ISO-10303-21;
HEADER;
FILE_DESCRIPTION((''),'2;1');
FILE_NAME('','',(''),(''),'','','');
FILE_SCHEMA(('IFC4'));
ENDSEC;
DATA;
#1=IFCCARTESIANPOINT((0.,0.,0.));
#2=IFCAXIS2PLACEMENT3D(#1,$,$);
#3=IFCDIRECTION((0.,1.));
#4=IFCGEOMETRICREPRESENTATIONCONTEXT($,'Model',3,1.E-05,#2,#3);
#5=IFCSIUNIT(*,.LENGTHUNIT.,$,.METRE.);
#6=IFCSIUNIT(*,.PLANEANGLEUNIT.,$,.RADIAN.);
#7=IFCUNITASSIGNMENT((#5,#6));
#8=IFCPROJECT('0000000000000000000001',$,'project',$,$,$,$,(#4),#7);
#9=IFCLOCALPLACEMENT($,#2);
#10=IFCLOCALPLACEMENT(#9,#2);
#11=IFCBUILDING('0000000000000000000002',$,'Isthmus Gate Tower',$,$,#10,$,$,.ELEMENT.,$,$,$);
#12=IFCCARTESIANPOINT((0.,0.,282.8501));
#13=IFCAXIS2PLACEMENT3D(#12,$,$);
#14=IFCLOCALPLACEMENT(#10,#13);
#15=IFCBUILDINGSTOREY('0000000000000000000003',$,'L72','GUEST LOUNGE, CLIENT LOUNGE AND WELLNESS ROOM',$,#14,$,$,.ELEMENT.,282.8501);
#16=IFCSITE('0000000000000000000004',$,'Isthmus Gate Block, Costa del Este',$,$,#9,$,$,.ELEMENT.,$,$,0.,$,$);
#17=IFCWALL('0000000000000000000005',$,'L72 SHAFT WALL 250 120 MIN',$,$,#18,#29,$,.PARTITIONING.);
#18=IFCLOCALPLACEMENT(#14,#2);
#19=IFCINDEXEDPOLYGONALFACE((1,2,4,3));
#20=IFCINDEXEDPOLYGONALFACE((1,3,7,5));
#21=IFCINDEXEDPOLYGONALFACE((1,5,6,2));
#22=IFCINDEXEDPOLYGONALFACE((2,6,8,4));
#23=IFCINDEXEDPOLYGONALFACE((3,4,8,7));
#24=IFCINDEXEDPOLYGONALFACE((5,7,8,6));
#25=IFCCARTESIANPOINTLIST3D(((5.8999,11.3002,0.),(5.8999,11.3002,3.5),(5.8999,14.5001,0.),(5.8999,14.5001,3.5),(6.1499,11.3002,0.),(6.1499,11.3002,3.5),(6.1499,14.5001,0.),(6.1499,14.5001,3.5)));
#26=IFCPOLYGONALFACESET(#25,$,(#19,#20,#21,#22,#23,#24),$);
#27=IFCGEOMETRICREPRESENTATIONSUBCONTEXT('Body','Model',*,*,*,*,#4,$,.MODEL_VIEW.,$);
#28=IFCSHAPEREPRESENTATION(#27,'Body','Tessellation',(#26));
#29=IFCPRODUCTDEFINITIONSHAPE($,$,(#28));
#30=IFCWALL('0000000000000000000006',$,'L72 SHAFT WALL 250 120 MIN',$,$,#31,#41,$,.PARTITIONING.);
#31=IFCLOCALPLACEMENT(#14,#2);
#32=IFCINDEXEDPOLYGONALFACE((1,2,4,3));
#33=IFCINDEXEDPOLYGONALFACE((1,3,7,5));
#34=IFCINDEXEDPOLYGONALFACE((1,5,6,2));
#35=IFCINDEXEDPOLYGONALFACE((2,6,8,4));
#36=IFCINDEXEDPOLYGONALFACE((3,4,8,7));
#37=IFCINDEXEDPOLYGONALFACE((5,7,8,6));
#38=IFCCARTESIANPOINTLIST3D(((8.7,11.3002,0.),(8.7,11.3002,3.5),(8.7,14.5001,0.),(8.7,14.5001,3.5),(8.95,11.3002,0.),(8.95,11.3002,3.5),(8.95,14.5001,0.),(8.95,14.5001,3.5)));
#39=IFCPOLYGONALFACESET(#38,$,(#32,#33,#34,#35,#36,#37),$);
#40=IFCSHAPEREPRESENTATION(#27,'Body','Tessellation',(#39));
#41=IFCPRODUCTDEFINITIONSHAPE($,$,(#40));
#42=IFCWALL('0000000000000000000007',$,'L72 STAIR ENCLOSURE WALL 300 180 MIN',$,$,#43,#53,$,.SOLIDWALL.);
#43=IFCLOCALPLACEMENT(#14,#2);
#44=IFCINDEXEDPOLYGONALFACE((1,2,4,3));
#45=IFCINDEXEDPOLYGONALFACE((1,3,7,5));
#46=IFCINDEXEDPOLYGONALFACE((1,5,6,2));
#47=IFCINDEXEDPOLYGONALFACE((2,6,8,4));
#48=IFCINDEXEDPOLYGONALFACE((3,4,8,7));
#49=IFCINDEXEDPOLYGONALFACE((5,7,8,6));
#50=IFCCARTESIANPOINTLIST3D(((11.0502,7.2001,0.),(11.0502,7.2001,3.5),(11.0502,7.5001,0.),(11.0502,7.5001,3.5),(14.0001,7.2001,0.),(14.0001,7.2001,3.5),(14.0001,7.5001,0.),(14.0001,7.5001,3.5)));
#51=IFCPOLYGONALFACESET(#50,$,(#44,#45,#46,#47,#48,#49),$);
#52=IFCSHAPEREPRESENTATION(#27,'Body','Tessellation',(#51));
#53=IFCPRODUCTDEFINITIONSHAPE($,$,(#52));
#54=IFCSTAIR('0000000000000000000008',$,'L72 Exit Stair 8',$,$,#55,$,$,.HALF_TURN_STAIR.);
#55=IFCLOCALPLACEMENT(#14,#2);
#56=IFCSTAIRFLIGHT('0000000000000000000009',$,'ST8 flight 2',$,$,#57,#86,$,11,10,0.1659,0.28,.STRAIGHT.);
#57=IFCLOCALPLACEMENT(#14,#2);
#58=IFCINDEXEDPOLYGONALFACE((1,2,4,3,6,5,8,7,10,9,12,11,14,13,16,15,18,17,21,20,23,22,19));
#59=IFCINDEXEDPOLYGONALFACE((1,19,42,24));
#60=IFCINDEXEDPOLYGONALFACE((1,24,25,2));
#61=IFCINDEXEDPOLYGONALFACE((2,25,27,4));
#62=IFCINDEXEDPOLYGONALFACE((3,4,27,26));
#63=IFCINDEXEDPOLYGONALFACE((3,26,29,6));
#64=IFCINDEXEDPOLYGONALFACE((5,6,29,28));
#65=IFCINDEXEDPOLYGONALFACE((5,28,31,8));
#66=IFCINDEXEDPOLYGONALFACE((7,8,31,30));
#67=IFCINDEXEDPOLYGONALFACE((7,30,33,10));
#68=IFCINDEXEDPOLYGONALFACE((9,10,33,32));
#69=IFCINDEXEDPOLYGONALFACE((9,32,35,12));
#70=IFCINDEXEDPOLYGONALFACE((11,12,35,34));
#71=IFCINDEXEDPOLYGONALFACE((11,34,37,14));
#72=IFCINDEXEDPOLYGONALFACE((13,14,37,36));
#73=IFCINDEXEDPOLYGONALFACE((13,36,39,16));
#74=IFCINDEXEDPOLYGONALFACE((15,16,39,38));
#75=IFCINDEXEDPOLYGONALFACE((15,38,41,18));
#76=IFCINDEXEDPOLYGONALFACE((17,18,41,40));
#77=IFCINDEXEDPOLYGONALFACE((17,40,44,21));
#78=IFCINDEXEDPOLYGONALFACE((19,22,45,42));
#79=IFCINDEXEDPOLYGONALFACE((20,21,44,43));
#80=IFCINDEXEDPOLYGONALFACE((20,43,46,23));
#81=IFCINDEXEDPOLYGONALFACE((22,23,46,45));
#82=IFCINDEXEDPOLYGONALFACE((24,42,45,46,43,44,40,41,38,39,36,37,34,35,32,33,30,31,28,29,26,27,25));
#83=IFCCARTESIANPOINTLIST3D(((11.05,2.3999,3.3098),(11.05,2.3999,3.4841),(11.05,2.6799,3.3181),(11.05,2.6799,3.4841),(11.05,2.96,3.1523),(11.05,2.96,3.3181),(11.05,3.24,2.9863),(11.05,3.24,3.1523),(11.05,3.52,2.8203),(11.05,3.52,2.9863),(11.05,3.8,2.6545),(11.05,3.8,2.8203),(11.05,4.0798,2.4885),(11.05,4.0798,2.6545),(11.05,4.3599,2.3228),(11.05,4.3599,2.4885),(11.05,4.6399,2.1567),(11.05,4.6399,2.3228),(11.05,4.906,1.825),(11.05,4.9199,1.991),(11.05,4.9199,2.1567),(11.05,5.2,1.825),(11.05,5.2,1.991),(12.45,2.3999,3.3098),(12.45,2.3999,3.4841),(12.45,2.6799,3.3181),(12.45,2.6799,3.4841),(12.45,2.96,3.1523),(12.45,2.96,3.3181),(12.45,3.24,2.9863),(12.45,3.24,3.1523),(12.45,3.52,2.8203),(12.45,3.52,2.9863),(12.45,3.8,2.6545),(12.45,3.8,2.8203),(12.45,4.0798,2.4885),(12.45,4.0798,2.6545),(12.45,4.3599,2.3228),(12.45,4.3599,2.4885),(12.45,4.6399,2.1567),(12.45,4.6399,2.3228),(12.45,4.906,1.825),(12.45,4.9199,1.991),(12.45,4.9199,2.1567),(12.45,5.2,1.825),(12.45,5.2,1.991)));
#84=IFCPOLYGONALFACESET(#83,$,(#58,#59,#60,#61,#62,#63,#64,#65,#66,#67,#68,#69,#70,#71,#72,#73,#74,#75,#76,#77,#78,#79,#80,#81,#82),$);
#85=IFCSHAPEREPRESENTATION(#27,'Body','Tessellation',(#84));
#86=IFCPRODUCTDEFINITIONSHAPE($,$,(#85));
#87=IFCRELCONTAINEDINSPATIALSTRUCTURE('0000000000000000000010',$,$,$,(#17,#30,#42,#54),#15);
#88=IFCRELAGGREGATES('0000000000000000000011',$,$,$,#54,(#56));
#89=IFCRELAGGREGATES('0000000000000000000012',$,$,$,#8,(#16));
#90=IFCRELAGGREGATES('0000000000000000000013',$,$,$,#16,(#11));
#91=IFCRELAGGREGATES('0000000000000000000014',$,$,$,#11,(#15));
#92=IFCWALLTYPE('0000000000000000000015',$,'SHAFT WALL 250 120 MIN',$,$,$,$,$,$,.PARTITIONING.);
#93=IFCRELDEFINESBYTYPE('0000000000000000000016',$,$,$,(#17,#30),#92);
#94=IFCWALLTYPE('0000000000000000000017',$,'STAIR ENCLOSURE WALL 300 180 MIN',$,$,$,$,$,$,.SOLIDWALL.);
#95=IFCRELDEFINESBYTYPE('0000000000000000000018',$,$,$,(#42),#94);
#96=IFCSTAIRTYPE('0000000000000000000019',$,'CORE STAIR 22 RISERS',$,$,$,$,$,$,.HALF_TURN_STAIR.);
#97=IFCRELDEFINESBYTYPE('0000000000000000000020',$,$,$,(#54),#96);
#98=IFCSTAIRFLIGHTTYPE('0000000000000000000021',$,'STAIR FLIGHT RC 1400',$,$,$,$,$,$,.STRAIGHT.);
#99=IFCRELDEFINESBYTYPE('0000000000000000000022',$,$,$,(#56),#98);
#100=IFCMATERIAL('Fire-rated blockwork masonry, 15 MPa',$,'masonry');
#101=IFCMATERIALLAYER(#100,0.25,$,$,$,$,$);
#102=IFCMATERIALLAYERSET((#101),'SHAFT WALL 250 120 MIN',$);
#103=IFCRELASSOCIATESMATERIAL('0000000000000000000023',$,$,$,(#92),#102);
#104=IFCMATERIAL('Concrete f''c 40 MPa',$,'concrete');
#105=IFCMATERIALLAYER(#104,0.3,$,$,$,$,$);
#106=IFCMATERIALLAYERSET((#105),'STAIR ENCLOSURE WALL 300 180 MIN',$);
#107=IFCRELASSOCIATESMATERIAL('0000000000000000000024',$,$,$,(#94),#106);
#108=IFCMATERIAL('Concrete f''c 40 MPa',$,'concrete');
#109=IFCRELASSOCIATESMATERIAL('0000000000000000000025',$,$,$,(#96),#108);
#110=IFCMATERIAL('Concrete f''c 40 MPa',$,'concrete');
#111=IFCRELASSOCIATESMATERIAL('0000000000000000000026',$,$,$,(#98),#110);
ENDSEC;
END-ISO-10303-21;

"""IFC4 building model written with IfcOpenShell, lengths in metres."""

from ifc_helpers import new_model, si_unit, direction, frame, frame_2d, origin, place, context, subcontext, project, spatial, polyline, rectangle, outline, extrude, material, layer, layer_set, type_object, element, aggregate, save


model = new_model("IFC4")

# Units and contexts
model_context = context("Model", 3, precision=1e-05, world=origin(), true_north=direction((0.0, 1.0)))
body_context = subcontext(model_context, "Body", "Model", "MODEL_VIEW")
ifc_project = project(units=[si_unit("LENGTHUNIT", "METRE"), si_unit("PLANEANGLEUNIT", "RADIAN")], contexts=[model_context])

# Site, building, storey
site_placement = place(None, origin())
site = spatial("IfcSite", under=ifc_project, at=site_placement, Name="Isthmus Gate Block, Costa del Este", CompositionType="ELEMENT", RefElevation=0.0)
building_placement = place(site_placement, origin())
building = spatial("IfcBuilding", under=site, at=building_placement, Name="Isthmus Gate Tower", CompositionType="ELEMENT")
storey_placement = place(building_placement, frame((0.0, 0.0, 282.8501)))
storey = spatial("IfcBuildingStorey", under=building, at=storey_placement, Name="L72", Description="GUEST LOUNGE, CLIENT LOUNGE AND WELLNESS ROOM", CompositionType="ELEMENT", Elevation=282.8501)

# Walls
ifc_material_1 = material(Name="Fire-rated blockwork masonry, 15 MPa", Category="masonry")
ifc_layer_1 = layer(ifc_material_1, 0.25)
ifc_layer_set_1 = layer_set([ifc_layer_1], Name="SHAFT WALL 250 120 MIN")
wall_type_1 = type_object("IfcWallType", Name="SHAFT WALL 250 120 MIN", PredefinedType="PARTITIONING", material=ifc_layer_set_1)
for number, where, z_axis, x_axis, name in (
    (1, (6.0249, 11.3, 0.0), (0.0, 0.0, 1.0), (0.0, 1.0, 0.0), "L72 SHAFT WALL 250 120 MIN"),
    (2, (8.825, 11.3, 0.0), (0.0, 0.0, 1.0), (0.0, 1.0, 0.0), "L72 SHAFT WALL 250 120 MIN"),
):
    element("IfcWall", number, at=place(storey_placement, frame(where, z_axis=z_axis, x_axis=x_axis)), inside=storey, type_object=wall_type_1, Name=name, PredefinedType="PARTITIONING", context=body_context, shape_type="SweptSolid", body=[
        extrude(rectangle(XDim=3.2, YDim=0.25, at=frame_2d((1.6001, 0.0))), origin(), (0.0, 0.0, 1.0), 3.5),
    ])
ifc_material_2 = material(Name="Concrete f'c 40 MPa", Category="concrete")
ifc_layer_2 = layer(ifc_material_2, 0.3)
ifc_layer_set_2 = layer_set([ifc_layer_2], Name="STAIR ENCLOSURE WALL 300 180 MIN")
wall_type_2 = type_object("IfcWallType", Name="STAIR ENCLOSURE WALL 300 180 MIN", PredefinedType="SOLIDWALL", material=ifc_layer_set_2)
wall_1_placement = place(storey_placement, frame((11.05, 7.3501, 0.0), z_axis=(0.0, 0.0, 1.0), x_axis=(1.0, 0.0, 0.0)))
element("IfcWall", 3, at=wall_1_placement, inside=storey, type_object=wall_type_2, Name="L72 STAIR ENCLOSURE WALL 300 180 MIN", PredefinedType="SOLIDWALL", context=body_context, shape_type="SweptSolid", body=[
    extrude(rectangle(XDim=2.95, YDim=0.3, at=frame_2d((1.4751, 0.0))), origin(), (0.0, 0.0, 1.0), 3.5),
])

# Stair, stair flight
ifc_material_3 = material(Name="Concrete f'c 40 MPa", Category="concrete")
stair_type = type_object("IfcStairType", Name="CORE STAIR 22 RISERS", PredefinedType="HALF_TURN_STAIR", material=ifc_material_3)
stair_placement = place(storey_placement, origin())
stair = element("IfcStair", 4, at=stair_placement, inside=storey, type_object=stair_type, Name="L72 Exit Stair 8", PredefinedType="HALF_TURN_STAIR")
ifc_material_4 = material(Name="Concrete f'c 40 MPa", Category="concrete")
stair_flight_type = type_object("IfcStairFlightType", Name="STAIR FLIGHT RC 1400", PredefinedType="STRAIGHT", material=ifc_material_4)
stair_flight_placement = place(storey_placement, frame((11.75, 5.2, 1.825), z_axis=(0.0, 0.0, 1.0), x_axis=(0.0, -1.0, 0.0)))
stair_flight = element("IfcStairFlight", 5, at=stair_flight_placement, type_object=stair_flight_type, Name="ST8 flight 2", NumberOfRisers=11, NumberOfTreads=10, PredefinedType="STRAIGHT", RiserHeight=0.1659, TreadLength=0.28, context=body_context, shape_type="SweptSolid", body=[
    extrude(outline(polyline([(0.0, 0.0), (0.0, 0.166), (0.28, 0.166), (0.28, 0.3318), (0.5601, 0.3318), (0.5601, 0.4978), (0.8401, 0.4978), (0.8401, 0.6636), (1.1201, 0.6636), (1.1201, 0.8296), (1.3999, 0.8296), (1.3999, 0.9954), (1.6799, 0.9954), (1.6799, 1.1614), (1.96, 1.1614), (1.96, 1.3274), (2.24, 1.3274), (2.24, 1.4932), (2.52, 1.4932), (2.52, 1.6592), (2.8, 1.6592), (2.8, 1.825), (2.8, 1.4849), (0.2939, 0.0), (0.0, 0.0)])), frame((0.0, 0.7, 0.0), z_axis=(0.0, -1.0, 0.0), x_axis=(1.0, 0.0, 0.0)), (0.0, 0.0, 1.0), 1.3999),
])
aggregate(stair, [stair_flight])

save(model, "model.ifc")
